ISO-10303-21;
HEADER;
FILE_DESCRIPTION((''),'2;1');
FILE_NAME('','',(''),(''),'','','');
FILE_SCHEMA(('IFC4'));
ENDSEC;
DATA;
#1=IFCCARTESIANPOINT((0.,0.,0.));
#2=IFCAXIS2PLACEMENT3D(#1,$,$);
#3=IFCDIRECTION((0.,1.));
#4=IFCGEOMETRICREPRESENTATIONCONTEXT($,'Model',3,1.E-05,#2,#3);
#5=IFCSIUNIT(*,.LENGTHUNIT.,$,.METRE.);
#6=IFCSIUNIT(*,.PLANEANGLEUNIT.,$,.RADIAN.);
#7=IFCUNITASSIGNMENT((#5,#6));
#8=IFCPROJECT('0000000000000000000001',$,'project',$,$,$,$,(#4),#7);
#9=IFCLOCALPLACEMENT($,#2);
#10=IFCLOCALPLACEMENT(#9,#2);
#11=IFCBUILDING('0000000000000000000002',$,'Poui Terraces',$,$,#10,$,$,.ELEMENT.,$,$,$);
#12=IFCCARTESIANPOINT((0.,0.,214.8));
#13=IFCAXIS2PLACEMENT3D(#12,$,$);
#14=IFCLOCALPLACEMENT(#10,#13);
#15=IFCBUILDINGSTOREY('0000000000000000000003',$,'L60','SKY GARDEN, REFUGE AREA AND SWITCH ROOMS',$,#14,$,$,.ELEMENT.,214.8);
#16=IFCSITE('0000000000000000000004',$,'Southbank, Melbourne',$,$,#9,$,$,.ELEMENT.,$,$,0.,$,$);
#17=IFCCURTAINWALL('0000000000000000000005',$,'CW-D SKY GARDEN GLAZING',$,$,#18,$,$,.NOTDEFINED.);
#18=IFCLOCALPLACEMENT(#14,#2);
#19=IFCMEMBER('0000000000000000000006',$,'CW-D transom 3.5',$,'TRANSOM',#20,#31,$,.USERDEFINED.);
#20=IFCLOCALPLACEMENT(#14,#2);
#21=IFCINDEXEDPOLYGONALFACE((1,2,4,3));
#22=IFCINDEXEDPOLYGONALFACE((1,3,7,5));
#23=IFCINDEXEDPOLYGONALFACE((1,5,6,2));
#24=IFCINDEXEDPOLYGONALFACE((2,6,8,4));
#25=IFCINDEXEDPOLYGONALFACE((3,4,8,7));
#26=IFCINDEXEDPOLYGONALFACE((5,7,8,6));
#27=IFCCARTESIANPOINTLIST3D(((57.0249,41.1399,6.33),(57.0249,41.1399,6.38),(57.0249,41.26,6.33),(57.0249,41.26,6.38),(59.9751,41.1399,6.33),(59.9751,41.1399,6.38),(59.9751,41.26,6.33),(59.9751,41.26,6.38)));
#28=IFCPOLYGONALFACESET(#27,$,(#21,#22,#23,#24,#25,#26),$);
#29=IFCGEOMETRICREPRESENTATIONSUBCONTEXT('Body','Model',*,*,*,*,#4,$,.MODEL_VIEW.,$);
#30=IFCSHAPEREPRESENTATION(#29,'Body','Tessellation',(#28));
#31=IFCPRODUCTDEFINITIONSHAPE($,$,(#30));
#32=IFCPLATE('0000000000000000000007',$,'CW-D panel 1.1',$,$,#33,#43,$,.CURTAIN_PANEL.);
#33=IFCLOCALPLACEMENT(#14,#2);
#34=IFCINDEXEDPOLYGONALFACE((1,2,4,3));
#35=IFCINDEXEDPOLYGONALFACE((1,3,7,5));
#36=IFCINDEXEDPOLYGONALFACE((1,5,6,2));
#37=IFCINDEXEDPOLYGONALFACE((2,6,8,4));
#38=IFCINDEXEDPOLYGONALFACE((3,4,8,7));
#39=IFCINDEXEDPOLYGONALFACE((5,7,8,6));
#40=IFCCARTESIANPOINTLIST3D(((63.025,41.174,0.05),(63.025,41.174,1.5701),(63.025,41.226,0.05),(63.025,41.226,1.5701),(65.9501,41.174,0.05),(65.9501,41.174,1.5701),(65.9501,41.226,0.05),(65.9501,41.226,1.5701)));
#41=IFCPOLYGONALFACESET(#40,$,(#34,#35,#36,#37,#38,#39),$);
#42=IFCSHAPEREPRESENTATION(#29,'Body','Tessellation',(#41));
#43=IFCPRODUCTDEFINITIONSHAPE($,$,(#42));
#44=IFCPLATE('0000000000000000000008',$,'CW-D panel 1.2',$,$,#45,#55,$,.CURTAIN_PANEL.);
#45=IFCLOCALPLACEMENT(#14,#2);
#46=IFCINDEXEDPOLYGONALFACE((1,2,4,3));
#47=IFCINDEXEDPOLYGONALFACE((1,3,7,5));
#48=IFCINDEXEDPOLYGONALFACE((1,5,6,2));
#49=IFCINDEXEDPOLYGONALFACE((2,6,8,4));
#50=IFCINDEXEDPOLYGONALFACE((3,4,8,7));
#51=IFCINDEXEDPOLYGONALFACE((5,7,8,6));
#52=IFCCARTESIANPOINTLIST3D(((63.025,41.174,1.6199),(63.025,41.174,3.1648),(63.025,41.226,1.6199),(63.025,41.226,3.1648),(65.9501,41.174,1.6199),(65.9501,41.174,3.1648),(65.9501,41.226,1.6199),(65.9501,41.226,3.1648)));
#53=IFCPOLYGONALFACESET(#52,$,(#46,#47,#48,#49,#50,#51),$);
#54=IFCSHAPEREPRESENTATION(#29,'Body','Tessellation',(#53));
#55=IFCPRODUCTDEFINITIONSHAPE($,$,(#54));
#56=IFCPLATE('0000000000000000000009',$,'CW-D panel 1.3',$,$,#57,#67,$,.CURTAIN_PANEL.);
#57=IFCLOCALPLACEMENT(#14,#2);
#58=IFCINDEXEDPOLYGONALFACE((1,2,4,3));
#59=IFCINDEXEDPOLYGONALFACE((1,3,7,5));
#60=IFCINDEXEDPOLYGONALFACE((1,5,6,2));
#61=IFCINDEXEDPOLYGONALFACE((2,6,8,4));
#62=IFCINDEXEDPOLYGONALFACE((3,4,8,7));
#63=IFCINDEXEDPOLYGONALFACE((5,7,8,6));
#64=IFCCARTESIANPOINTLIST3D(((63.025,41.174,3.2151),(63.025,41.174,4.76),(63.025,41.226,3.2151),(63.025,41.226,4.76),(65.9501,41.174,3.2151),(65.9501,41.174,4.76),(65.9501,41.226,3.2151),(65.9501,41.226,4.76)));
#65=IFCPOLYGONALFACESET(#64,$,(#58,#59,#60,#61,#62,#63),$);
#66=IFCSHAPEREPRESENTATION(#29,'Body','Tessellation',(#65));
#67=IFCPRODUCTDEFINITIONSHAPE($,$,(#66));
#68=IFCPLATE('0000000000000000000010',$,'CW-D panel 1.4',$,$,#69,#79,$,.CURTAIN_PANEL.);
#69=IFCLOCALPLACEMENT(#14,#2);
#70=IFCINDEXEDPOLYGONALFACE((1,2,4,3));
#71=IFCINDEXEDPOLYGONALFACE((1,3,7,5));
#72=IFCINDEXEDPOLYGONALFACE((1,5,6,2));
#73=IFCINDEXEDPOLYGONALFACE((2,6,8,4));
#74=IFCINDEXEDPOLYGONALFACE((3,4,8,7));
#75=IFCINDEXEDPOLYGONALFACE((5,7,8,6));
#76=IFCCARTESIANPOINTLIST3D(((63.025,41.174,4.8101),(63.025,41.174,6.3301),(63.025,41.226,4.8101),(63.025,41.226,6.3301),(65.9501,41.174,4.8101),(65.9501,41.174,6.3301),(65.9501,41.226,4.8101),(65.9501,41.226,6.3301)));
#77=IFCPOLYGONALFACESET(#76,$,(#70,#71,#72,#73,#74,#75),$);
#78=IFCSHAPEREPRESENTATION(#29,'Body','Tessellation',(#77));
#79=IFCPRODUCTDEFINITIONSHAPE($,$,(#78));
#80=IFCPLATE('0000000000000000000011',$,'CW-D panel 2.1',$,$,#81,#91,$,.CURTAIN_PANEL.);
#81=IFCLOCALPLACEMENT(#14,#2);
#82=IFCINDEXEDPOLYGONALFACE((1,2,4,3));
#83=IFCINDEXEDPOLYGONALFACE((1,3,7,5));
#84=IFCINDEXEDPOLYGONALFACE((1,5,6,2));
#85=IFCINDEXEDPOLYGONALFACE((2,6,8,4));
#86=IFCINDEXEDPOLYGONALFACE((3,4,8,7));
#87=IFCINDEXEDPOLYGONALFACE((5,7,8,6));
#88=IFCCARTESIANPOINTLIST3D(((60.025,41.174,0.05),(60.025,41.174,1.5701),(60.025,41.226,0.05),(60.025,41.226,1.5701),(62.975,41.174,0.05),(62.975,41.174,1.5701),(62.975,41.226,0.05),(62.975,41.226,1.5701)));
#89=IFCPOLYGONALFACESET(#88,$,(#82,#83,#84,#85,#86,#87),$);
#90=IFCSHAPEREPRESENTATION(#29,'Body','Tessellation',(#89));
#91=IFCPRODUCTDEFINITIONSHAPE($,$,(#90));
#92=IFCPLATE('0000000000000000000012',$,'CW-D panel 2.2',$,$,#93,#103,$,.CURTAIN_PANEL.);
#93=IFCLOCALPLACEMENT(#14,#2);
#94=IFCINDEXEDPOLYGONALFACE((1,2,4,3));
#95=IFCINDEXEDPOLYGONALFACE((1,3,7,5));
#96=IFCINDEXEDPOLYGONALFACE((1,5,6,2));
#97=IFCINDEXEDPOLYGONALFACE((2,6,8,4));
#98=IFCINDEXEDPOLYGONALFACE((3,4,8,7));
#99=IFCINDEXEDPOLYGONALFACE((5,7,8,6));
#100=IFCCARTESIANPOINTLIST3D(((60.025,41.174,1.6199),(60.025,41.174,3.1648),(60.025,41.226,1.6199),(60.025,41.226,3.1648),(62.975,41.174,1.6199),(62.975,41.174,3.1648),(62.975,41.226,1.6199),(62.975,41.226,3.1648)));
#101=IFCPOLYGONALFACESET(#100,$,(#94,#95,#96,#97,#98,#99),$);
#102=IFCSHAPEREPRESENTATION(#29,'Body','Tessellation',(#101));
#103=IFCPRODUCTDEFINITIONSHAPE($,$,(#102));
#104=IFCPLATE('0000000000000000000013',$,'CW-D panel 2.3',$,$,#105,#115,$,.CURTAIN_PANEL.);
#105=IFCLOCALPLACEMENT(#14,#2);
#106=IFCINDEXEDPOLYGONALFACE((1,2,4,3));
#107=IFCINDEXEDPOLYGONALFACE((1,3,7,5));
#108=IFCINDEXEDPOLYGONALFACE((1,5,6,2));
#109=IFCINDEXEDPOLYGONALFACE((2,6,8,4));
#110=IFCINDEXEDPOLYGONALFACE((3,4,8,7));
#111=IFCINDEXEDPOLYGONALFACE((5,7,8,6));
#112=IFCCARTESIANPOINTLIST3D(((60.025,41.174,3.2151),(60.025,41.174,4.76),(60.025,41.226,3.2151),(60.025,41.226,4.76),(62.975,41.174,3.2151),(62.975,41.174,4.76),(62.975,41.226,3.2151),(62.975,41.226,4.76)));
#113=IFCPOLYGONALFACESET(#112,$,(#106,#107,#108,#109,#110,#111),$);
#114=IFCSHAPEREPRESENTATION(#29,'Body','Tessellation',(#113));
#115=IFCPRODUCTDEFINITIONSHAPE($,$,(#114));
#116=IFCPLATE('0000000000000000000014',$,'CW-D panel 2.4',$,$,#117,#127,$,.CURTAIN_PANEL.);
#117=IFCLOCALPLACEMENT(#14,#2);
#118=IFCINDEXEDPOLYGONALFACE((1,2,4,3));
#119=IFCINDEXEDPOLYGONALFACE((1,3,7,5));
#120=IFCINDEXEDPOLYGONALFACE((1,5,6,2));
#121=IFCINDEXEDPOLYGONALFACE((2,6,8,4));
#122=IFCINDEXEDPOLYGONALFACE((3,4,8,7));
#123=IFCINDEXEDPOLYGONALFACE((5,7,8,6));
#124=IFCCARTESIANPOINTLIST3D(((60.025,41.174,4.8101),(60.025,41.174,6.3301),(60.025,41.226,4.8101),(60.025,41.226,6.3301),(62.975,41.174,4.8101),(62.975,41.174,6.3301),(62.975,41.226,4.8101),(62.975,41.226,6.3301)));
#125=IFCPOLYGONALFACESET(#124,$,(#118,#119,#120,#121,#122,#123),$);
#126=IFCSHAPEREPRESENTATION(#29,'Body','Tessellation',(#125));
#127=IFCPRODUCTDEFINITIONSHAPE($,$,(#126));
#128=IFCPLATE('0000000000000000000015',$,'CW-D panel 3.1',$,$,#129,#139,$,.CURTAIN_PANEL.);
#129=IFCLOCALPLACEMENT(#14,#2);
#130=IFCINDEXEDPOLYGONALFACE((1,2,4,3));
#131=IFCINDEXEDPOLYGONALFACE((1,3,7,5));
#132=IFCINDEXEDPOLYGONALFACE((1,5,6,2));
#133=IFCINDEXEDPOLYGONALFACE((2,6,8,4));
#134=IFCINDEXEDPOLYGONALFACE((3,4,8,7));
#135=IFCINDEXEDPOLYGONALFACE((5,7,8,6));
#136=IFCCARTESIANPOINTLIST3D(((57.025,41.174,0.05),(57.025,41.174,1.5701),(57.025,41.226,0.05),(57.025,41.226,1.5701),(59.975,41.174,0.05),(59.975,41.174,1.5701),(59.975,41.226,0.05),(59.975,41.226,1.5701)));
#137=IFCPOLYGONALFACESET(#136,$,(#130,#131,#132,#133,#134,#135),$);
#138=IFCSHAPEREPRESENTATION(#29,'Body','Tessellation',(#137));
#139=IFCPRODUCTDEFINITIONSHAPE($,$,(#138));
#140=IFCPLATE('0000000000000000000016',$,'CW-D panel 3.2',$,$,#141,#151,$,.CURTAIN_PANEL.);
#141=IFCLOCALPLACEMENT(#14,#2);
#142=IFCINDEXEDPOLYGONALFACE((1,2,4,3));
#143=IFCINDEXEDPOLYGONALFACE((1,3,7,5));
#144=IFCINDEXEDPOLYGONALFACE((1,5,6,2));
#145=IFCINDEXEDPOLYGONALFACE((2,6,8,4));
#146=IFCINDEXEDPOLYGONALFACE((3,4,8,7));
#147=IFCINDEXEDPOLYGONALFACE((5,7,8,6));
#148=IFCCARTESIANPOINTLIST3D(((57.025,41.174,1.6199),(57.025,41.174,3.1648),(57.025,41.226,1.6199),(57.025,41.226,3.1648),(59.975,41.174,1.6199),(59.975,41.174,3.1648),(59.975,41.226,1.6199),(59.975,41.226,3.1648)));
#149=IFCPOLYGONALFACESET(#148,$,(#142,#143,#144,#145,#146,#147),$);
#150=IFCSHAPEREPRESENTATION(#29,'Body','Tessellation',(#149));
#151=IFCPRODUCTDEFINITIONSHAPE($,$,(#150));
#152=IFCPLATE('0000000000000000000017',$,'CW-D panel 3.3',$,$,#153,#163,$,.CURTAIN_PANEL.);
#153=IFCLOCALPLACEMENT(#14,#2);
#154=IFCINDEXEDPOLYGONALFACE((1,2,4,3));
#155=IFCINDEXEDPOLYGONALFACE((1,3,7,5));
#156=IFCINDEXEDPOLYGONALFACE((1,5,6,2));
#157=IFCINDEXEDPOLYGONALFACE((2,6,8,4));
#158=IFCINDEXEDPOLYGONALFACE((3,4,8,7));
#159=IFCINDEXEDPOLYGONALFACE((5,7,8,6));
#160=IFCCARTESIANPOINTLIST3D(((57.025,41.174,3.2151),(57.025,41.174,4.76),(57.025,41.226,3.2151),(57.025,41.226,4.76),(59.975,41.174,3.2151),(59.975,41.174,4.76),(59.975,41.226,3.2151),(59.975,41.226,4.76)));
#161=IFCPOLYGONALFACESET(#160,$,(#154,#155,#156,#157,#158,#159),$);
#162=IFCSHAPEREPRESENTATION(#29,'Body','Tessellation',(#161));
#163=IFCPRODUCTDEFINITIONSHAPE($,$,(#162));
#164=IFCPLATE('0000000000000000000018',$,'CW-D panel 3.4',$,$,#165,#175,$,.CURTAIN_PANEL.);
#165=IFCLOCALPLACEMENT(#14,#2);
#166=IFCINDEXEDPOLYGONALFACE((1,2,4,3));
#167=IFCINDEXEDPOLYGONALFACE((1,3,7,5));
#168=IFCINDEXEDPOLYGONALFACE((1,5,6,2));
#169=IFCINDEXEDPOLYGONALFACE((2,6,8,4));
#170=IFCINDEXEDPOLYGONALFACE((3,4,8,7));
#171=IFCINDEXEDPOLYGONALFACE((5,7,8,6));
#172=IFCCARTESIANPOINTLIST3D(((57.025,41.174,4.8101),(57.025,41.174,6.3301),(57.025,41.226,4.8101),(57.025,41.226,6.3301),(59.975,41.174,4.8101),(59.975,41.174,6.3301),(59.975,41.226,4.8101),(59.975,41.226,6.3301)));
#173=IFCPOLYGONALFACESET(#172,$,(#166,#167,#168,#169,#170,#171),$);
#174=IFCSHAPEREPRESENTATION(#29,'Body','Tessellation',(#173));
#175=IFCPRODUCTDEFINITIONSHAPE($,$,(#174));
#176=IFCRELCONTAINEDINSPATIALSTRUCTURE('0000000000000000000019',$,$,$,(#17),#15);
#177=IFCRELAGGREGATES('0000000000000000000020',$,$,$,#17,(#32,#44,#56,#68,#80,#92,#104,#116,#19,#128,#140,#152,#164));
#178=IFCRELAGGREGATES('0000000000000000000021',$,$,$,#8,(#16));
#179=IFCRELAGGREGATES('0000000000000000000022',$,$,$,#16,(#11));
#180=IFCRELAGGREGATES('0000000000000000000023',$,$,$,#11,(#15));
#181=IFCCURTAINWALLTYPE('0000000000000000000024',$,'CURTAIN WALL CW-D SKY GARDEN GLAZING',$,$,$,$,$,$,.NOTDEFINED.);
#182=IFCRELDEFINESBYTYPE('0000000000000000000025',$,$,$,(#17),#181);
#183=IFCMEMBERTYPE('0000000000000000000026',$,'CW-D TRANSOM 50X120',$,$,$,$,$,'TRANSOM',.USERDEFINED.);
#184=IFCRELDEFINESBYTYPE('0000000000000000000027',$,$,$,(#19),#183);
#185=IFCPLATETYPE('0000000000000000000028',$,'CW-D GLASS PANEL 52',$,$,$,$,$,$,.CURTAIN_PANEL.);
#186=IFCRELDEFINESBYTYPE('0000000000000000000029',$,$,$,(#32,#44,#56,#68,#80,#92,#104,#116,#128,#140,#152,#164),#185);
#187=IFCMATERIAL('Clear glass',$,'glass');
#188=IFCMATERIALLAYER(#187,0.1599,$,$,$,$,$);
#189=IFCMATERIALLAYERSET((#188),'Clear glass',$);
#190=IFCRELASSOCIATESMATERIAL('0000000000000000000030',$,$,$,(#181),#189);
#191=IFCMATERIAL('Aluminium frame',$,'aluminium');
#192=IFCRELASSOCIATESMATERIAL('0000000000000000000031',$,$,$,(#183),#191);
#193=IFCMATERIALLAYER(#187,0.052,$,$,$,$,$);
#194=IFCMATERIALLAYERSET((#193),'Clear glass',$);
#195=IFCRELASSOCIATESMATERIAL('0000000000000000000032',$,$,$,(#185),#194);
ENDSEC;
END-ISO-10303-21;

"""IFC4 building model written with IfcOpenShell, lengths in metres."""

from ifc_helpers import new_model, si_unit, direction, frame, origin, origin_2d, place, context, subcontext, project, spatial, rectangle, extrude, material, layer, layer_set, material_profile, profile_set, type_object, element, aggregate, save


model = new_model("IFC4")

# Units and contexts
model_context = context("Model", 3, precision=1e-05, world=origin(), true_north=direction((0.0, 1.0)))
body_context = subcontext(model_context, "Body", "Model", "MODEL_VIEW")
ifc_project = project(units=[si_unit("LENGTHUNIT", "METRE"), si_unit("PLANEANGLEUNIT", "RADIAN")], contexts=[model_context])

# Site, building, storey
site_placement = place(None, origin())
site = spatial("IfcSite", under=ifc_project, at=site_placement, Name="Southbank, Melbourne", CompositionType="ELEMENT", RefElevation=0.0)
building_placement = place(site_placement, origin())
building = spatial("IfcBuilding", under=site, at=building_placement, Name="Poui Terraces", CompositionType="ELEMENT")
storey_placement = place(building_placement, frame((0.0, 0.0, 214.8)))
storey = spatial("IfcBuildingStorey", under=building, at=storey_placement, Name="L60", Description="SKY GARDEN, REFUGE AREA AND SWITCH ROOMS", CompositionType="ELEMENT", Elevation=214.8)

# Curtain wall, member, plates
ifc_material_1 = material(Name="Clear glass", Category="glass")
ifc_layer_1 = layer(ifc_material_1, 0.1599)
ifc_layer_set_1 = layer_set([ifc_layer_1], Name="Clear glass")
curtain_wall_type = type_object("IfcCurtainWallType", Name="CURTAIN WALL CW-D SKY GARDEN GLAZING", PredefinedType="NOTDEFINED", material=ifc_layer_set_1)
curtain_wall_placement = place(storey_placement, origin())
curtain_wall = element("IfcCurtainWall", 1, at=curtain_wall_placement, inside=storey, type_object=curtain_wall_type, Name="CW-D SKY GARDEN GLAZING", PredefinedType="NOTDEFINED")
ifc_material_2 = material(Name="Aluminium frame", Category="aluminium")
ifc_material_profile_1 = material_profile(ifc_material_2, rectangle(XDim=0.1201, YDim=0.05, at=origin_2d()), Name="CW-D TRANSOM 50X120")
ifc_profile_set_1 = profile_set([ifc_material_profile_1], Name="Aluminium frame")
member_type_1 = type_object("IfcMemberType", Name="CW-D TRANSOM 50X120", ElementType="TRANSOM", PredefinedType="USERDEFINED", material=ifc_profile_set_1)
member_1_placement = place(storey_placement, frame((59.9751, 41.2, 6.355), z_axis=(-1.0, 0.0, 0.0), x_axis=(0.0, -1.0, 0.0)))
member_1 = element("IfcMember", 2, at=member_1_placement, type_object=member_type_1, Name="CW-D transom 3.5", ObjectType="TRANSOM", PredefinedType="USERDEFINED", context=body_context, shape_type="SweptSolid", body=[
    extrude(rectangle(XDim=0.1201, YDim=0.05, at=origin_2d()), origin(), (0.0, 0.0, 1.0), 2.9502),
])
ifc_layer_2 = layer(ifc_material_1, 0.052)
ifc_layer_set_2 = layer_set([ifc_layer_2], Name="Clear glass")
plate_type = type_object("IfcPlateType", Name="CW-D GLASS PANEL 52", PredefinedType="CURTAIN_PANEL", material=ifc_layer_set_2)
plate_1_placement = place(storey_placement, frame((64.4875, 41.2, 0.05), z_axis=(0.0, 0.0, 1.0), x_axis=(-1.0, 0.0, 0.0)))
plate_1 = element("IfcPlate", 3, at=plate_1_placement, type_object=plate_type, Name="CW-D panel 1.1", PredefinedType="CURTAIN_PANEL", context=body_context, shape_type="SweptSolid", body=[
    extrude(rectangle(XDim=2.925, YDim=0.052, at=origin_2d()), origin(), (0.0, 0.0, 1.0), 1.52),
])
plate_2_placement = place(storey_placement, frame((64.4875, 41.2, 1.6199), z_axis=(0.0, 0.0, 1.0), x_axis=(-1.0, 0.0, 0.0)))
plate_2 = element("IfcPlate", 4, at=plate_2_placement, type_object=plate_type, Name="CW-D panel 1.2", PredefinedType="CURTAIN_PANEL", context=body_context, shape_type="SweptSolid", body=[
    extrude(rectangle(XDim=2.925, YDim=0.052, at=origin_2d()), origin(), (0.0, 0.0, 1.0), 1.5449),
])
plate_3_placement = place(storey_placement, frame((64.4875, 41.2, 3.2151), z_axis=(0.0, 0.0, 1.0), x_axis=(-1.0, 0.0, 0.0)))
plate_3 = element("IfcPlate", 5, at=plate_3_placement, type_object=plate_type, Name="CW-D panel 1.3", PredefinedType="CURTAIN_PANEL", context=body_context, shape_type="SweptSolid", body=[
    extrude(rectangle(XDim=2.925, YDim=0.052, at=origin_2d()), origin(), (0.0, 0.0, 1.0), 1.5449),
])
plate_4_placement = place(storey_placement, frame((64.4875, 41.2, 4.8101), z_axis=(0.0, 0.0, 1.0), x_axis=(-1.0, 0.0, 0.0)))
plate_4 = element("IfcPlate", 6, at=plate_4_placement, type_object=plate_type, Name="CW-D panel 1.4", PredefinedType="CURTAIN_PANEL", context=body_context, shape_type="SweptSolid", body=[
    extrude(rectangle(XDim=2.925, YDim=0.052, at=origin_2d()), origin(), (0.0, 0.0, 1.0), 1.52),
])
plate_5_placement = place(storey_placement, frame((61.5, 41.2, 0.05), z_axis=(0.0, 0.0, 1.0), x_axis=(-1.0, 0.0, 0.0)))
plate_5 = element("IfcPlate", 7, at=plate_5_placement, type_object=plate_type, Name="CW-D panel 2.1", PredefinedType="CURTAIN_PANEL", context=body_context, shape_type="SweptSolid", body=[
    extrude(rectangle(XDim=2.95, YDim=0.052, at=origin_2d()), origin(), (0.0, 0.0, 1.0), 1.52),
])
plate_6_placement = place(storey_placement, frame((61.5, 41.2, 1.6199), z_axis=(0.0, 0.0, 1.0), x_axis=(-1.0, 0.0, 0.0)))
plate_6 = element("IfcPlate", 8, at=plate_6_placement, type_object=plate_type, Name="CW-D panel 2.2", PredefinedType="CURTAIN_PANEL", context=body_context, shape_type="SweptSolid", body=[
    extrude(rectangle(XDim=2.95, YDim=0.052, at=origin_2d()), origin(), (0.0, 0.0, 1.0), 1.5449),
])
plate_7_placement = place(storey_placement, frame((61.5, 41.2, 3.2151), z_axis=(0.0, 0.0, 1.0), x_axis=(-1.0, 0.0, 0.0)))
plate_7 = element("IfcPlate", 9, at=plate_7_placement, type_object=plate_type, Name="CW-D panel 2.3", PredefinedType="CURTAIN_PANEL", context=body_context, shape_type="SweptSolid", body=[
    extrude(rectangle(XDim=2.95, YDim=0.052, at=origin_2d()), origin(), (0.0, 0.0, 1.0), 1.5449),
])
plate_8_placement = place(storey_placement, frame((61.5, 41.2, 4.8101), z_axis=(0.0, 0.0, 1.0), x_axis=(-1.0, 0.0, 0.0)))
plate_8 = element("IfcPlate", 10, at=plate_8_placement, type_object=plate_type, Name="CW-D panel 2.4", PredefinedType="CURTAIN_PANEL", context=body_context, shape_type="SweptSolid", body=[
    extrude(rectangle(XDim=2.95, YDim=0.052, at=origin_2d()), origin(), (0.0, 0.0, 1.0), 1.52),
])
plate_9_placement = place(storey_placement, frame((58.5, 41.2, 0.05), z_axis=(0.0, 0.0, 1.0), x_axis=(-1.0, 0.0, 0.0)))
plate_9 = element("IfcPlate", 11, at=plate_9_placement, type_object=plate_type, Name="CW-D panel 3.1", PredefinedType="CURTAIN_PANEL", context=body_context, shape_type="SweptSolid", body=[
    extrude(rectangle(XDim=2.95, YDim=0.052, at=origin_2d()), origin(), (0.0, 0.0, 1.0), 1.52),
])
plate_10_placement = place(storey_placement, frame((58.5, 41.2, 1.6199), z_axis=(0.0, 0.0, 1.0), x_axis=(-1.0, 0.0, 0.0)))
plate_10 = element("IfcPlate", 12, at=plate_10_placement, type_object=plate_type, Name="CW-D panel 3.2", PredefinedType="CURTAIN_PANEL", context=body_context, shape_type="SweptSolid", body=[
    extrude(rectangle(XDim=2.95, YDim=0.052, at=origin_2d()), origin(), (0.0, 0.0, 1.0), 1.5449),
])
plate_11_placement = place(storey_placement, frame((58.5, 41.2, 3.2151), z_axis=(0.0, 0.0, 1.0), x_axis=(-1.0, 0.0, 0.0)))
plate_11 = element("IfcPlate", 13, at=plate_11_placement, type_object=plate_type, Name="CW-D panel 3.3", PredefinedType="CURTAIN_PANEL", context=body_context, shape_type="SweptSolid", body=[
    extrude(rectangle(XDim=2.95, YDim=0.052, at=origin_2d()), origin(), (0.0, 0.0, 1.0), 1.5449),
])
plate_12_placement = place(storey_placement, frame((58.5, 41.2, 4.8101), z_axis=(0.0, 0.0, 1.0), x_axis=(-1.0, 0.0, 0.0)))
plate_12 = element("IfcPlate", 14, at=plate_12_placement, type_object=plate_type, Name="CW-D panel 3.4", PredefinedType="CURTAIN_PANEL", context=body_context, shape_type="SweptSolid", body=[
    extrude(rectangle(XDim=2.95, YDim=0.052, at=origin_2d()), origin(), (0.0, 0.0, 1.0), 1.52),
])
aggregate(curtain_wall, [plate_1, plate_2, plate_3, plate_4, plate_5, plate_6, plate_7, plate_8, member_1, plate_9, plate_10, plate_11, plate_12])

save(model, "model.ifc")
